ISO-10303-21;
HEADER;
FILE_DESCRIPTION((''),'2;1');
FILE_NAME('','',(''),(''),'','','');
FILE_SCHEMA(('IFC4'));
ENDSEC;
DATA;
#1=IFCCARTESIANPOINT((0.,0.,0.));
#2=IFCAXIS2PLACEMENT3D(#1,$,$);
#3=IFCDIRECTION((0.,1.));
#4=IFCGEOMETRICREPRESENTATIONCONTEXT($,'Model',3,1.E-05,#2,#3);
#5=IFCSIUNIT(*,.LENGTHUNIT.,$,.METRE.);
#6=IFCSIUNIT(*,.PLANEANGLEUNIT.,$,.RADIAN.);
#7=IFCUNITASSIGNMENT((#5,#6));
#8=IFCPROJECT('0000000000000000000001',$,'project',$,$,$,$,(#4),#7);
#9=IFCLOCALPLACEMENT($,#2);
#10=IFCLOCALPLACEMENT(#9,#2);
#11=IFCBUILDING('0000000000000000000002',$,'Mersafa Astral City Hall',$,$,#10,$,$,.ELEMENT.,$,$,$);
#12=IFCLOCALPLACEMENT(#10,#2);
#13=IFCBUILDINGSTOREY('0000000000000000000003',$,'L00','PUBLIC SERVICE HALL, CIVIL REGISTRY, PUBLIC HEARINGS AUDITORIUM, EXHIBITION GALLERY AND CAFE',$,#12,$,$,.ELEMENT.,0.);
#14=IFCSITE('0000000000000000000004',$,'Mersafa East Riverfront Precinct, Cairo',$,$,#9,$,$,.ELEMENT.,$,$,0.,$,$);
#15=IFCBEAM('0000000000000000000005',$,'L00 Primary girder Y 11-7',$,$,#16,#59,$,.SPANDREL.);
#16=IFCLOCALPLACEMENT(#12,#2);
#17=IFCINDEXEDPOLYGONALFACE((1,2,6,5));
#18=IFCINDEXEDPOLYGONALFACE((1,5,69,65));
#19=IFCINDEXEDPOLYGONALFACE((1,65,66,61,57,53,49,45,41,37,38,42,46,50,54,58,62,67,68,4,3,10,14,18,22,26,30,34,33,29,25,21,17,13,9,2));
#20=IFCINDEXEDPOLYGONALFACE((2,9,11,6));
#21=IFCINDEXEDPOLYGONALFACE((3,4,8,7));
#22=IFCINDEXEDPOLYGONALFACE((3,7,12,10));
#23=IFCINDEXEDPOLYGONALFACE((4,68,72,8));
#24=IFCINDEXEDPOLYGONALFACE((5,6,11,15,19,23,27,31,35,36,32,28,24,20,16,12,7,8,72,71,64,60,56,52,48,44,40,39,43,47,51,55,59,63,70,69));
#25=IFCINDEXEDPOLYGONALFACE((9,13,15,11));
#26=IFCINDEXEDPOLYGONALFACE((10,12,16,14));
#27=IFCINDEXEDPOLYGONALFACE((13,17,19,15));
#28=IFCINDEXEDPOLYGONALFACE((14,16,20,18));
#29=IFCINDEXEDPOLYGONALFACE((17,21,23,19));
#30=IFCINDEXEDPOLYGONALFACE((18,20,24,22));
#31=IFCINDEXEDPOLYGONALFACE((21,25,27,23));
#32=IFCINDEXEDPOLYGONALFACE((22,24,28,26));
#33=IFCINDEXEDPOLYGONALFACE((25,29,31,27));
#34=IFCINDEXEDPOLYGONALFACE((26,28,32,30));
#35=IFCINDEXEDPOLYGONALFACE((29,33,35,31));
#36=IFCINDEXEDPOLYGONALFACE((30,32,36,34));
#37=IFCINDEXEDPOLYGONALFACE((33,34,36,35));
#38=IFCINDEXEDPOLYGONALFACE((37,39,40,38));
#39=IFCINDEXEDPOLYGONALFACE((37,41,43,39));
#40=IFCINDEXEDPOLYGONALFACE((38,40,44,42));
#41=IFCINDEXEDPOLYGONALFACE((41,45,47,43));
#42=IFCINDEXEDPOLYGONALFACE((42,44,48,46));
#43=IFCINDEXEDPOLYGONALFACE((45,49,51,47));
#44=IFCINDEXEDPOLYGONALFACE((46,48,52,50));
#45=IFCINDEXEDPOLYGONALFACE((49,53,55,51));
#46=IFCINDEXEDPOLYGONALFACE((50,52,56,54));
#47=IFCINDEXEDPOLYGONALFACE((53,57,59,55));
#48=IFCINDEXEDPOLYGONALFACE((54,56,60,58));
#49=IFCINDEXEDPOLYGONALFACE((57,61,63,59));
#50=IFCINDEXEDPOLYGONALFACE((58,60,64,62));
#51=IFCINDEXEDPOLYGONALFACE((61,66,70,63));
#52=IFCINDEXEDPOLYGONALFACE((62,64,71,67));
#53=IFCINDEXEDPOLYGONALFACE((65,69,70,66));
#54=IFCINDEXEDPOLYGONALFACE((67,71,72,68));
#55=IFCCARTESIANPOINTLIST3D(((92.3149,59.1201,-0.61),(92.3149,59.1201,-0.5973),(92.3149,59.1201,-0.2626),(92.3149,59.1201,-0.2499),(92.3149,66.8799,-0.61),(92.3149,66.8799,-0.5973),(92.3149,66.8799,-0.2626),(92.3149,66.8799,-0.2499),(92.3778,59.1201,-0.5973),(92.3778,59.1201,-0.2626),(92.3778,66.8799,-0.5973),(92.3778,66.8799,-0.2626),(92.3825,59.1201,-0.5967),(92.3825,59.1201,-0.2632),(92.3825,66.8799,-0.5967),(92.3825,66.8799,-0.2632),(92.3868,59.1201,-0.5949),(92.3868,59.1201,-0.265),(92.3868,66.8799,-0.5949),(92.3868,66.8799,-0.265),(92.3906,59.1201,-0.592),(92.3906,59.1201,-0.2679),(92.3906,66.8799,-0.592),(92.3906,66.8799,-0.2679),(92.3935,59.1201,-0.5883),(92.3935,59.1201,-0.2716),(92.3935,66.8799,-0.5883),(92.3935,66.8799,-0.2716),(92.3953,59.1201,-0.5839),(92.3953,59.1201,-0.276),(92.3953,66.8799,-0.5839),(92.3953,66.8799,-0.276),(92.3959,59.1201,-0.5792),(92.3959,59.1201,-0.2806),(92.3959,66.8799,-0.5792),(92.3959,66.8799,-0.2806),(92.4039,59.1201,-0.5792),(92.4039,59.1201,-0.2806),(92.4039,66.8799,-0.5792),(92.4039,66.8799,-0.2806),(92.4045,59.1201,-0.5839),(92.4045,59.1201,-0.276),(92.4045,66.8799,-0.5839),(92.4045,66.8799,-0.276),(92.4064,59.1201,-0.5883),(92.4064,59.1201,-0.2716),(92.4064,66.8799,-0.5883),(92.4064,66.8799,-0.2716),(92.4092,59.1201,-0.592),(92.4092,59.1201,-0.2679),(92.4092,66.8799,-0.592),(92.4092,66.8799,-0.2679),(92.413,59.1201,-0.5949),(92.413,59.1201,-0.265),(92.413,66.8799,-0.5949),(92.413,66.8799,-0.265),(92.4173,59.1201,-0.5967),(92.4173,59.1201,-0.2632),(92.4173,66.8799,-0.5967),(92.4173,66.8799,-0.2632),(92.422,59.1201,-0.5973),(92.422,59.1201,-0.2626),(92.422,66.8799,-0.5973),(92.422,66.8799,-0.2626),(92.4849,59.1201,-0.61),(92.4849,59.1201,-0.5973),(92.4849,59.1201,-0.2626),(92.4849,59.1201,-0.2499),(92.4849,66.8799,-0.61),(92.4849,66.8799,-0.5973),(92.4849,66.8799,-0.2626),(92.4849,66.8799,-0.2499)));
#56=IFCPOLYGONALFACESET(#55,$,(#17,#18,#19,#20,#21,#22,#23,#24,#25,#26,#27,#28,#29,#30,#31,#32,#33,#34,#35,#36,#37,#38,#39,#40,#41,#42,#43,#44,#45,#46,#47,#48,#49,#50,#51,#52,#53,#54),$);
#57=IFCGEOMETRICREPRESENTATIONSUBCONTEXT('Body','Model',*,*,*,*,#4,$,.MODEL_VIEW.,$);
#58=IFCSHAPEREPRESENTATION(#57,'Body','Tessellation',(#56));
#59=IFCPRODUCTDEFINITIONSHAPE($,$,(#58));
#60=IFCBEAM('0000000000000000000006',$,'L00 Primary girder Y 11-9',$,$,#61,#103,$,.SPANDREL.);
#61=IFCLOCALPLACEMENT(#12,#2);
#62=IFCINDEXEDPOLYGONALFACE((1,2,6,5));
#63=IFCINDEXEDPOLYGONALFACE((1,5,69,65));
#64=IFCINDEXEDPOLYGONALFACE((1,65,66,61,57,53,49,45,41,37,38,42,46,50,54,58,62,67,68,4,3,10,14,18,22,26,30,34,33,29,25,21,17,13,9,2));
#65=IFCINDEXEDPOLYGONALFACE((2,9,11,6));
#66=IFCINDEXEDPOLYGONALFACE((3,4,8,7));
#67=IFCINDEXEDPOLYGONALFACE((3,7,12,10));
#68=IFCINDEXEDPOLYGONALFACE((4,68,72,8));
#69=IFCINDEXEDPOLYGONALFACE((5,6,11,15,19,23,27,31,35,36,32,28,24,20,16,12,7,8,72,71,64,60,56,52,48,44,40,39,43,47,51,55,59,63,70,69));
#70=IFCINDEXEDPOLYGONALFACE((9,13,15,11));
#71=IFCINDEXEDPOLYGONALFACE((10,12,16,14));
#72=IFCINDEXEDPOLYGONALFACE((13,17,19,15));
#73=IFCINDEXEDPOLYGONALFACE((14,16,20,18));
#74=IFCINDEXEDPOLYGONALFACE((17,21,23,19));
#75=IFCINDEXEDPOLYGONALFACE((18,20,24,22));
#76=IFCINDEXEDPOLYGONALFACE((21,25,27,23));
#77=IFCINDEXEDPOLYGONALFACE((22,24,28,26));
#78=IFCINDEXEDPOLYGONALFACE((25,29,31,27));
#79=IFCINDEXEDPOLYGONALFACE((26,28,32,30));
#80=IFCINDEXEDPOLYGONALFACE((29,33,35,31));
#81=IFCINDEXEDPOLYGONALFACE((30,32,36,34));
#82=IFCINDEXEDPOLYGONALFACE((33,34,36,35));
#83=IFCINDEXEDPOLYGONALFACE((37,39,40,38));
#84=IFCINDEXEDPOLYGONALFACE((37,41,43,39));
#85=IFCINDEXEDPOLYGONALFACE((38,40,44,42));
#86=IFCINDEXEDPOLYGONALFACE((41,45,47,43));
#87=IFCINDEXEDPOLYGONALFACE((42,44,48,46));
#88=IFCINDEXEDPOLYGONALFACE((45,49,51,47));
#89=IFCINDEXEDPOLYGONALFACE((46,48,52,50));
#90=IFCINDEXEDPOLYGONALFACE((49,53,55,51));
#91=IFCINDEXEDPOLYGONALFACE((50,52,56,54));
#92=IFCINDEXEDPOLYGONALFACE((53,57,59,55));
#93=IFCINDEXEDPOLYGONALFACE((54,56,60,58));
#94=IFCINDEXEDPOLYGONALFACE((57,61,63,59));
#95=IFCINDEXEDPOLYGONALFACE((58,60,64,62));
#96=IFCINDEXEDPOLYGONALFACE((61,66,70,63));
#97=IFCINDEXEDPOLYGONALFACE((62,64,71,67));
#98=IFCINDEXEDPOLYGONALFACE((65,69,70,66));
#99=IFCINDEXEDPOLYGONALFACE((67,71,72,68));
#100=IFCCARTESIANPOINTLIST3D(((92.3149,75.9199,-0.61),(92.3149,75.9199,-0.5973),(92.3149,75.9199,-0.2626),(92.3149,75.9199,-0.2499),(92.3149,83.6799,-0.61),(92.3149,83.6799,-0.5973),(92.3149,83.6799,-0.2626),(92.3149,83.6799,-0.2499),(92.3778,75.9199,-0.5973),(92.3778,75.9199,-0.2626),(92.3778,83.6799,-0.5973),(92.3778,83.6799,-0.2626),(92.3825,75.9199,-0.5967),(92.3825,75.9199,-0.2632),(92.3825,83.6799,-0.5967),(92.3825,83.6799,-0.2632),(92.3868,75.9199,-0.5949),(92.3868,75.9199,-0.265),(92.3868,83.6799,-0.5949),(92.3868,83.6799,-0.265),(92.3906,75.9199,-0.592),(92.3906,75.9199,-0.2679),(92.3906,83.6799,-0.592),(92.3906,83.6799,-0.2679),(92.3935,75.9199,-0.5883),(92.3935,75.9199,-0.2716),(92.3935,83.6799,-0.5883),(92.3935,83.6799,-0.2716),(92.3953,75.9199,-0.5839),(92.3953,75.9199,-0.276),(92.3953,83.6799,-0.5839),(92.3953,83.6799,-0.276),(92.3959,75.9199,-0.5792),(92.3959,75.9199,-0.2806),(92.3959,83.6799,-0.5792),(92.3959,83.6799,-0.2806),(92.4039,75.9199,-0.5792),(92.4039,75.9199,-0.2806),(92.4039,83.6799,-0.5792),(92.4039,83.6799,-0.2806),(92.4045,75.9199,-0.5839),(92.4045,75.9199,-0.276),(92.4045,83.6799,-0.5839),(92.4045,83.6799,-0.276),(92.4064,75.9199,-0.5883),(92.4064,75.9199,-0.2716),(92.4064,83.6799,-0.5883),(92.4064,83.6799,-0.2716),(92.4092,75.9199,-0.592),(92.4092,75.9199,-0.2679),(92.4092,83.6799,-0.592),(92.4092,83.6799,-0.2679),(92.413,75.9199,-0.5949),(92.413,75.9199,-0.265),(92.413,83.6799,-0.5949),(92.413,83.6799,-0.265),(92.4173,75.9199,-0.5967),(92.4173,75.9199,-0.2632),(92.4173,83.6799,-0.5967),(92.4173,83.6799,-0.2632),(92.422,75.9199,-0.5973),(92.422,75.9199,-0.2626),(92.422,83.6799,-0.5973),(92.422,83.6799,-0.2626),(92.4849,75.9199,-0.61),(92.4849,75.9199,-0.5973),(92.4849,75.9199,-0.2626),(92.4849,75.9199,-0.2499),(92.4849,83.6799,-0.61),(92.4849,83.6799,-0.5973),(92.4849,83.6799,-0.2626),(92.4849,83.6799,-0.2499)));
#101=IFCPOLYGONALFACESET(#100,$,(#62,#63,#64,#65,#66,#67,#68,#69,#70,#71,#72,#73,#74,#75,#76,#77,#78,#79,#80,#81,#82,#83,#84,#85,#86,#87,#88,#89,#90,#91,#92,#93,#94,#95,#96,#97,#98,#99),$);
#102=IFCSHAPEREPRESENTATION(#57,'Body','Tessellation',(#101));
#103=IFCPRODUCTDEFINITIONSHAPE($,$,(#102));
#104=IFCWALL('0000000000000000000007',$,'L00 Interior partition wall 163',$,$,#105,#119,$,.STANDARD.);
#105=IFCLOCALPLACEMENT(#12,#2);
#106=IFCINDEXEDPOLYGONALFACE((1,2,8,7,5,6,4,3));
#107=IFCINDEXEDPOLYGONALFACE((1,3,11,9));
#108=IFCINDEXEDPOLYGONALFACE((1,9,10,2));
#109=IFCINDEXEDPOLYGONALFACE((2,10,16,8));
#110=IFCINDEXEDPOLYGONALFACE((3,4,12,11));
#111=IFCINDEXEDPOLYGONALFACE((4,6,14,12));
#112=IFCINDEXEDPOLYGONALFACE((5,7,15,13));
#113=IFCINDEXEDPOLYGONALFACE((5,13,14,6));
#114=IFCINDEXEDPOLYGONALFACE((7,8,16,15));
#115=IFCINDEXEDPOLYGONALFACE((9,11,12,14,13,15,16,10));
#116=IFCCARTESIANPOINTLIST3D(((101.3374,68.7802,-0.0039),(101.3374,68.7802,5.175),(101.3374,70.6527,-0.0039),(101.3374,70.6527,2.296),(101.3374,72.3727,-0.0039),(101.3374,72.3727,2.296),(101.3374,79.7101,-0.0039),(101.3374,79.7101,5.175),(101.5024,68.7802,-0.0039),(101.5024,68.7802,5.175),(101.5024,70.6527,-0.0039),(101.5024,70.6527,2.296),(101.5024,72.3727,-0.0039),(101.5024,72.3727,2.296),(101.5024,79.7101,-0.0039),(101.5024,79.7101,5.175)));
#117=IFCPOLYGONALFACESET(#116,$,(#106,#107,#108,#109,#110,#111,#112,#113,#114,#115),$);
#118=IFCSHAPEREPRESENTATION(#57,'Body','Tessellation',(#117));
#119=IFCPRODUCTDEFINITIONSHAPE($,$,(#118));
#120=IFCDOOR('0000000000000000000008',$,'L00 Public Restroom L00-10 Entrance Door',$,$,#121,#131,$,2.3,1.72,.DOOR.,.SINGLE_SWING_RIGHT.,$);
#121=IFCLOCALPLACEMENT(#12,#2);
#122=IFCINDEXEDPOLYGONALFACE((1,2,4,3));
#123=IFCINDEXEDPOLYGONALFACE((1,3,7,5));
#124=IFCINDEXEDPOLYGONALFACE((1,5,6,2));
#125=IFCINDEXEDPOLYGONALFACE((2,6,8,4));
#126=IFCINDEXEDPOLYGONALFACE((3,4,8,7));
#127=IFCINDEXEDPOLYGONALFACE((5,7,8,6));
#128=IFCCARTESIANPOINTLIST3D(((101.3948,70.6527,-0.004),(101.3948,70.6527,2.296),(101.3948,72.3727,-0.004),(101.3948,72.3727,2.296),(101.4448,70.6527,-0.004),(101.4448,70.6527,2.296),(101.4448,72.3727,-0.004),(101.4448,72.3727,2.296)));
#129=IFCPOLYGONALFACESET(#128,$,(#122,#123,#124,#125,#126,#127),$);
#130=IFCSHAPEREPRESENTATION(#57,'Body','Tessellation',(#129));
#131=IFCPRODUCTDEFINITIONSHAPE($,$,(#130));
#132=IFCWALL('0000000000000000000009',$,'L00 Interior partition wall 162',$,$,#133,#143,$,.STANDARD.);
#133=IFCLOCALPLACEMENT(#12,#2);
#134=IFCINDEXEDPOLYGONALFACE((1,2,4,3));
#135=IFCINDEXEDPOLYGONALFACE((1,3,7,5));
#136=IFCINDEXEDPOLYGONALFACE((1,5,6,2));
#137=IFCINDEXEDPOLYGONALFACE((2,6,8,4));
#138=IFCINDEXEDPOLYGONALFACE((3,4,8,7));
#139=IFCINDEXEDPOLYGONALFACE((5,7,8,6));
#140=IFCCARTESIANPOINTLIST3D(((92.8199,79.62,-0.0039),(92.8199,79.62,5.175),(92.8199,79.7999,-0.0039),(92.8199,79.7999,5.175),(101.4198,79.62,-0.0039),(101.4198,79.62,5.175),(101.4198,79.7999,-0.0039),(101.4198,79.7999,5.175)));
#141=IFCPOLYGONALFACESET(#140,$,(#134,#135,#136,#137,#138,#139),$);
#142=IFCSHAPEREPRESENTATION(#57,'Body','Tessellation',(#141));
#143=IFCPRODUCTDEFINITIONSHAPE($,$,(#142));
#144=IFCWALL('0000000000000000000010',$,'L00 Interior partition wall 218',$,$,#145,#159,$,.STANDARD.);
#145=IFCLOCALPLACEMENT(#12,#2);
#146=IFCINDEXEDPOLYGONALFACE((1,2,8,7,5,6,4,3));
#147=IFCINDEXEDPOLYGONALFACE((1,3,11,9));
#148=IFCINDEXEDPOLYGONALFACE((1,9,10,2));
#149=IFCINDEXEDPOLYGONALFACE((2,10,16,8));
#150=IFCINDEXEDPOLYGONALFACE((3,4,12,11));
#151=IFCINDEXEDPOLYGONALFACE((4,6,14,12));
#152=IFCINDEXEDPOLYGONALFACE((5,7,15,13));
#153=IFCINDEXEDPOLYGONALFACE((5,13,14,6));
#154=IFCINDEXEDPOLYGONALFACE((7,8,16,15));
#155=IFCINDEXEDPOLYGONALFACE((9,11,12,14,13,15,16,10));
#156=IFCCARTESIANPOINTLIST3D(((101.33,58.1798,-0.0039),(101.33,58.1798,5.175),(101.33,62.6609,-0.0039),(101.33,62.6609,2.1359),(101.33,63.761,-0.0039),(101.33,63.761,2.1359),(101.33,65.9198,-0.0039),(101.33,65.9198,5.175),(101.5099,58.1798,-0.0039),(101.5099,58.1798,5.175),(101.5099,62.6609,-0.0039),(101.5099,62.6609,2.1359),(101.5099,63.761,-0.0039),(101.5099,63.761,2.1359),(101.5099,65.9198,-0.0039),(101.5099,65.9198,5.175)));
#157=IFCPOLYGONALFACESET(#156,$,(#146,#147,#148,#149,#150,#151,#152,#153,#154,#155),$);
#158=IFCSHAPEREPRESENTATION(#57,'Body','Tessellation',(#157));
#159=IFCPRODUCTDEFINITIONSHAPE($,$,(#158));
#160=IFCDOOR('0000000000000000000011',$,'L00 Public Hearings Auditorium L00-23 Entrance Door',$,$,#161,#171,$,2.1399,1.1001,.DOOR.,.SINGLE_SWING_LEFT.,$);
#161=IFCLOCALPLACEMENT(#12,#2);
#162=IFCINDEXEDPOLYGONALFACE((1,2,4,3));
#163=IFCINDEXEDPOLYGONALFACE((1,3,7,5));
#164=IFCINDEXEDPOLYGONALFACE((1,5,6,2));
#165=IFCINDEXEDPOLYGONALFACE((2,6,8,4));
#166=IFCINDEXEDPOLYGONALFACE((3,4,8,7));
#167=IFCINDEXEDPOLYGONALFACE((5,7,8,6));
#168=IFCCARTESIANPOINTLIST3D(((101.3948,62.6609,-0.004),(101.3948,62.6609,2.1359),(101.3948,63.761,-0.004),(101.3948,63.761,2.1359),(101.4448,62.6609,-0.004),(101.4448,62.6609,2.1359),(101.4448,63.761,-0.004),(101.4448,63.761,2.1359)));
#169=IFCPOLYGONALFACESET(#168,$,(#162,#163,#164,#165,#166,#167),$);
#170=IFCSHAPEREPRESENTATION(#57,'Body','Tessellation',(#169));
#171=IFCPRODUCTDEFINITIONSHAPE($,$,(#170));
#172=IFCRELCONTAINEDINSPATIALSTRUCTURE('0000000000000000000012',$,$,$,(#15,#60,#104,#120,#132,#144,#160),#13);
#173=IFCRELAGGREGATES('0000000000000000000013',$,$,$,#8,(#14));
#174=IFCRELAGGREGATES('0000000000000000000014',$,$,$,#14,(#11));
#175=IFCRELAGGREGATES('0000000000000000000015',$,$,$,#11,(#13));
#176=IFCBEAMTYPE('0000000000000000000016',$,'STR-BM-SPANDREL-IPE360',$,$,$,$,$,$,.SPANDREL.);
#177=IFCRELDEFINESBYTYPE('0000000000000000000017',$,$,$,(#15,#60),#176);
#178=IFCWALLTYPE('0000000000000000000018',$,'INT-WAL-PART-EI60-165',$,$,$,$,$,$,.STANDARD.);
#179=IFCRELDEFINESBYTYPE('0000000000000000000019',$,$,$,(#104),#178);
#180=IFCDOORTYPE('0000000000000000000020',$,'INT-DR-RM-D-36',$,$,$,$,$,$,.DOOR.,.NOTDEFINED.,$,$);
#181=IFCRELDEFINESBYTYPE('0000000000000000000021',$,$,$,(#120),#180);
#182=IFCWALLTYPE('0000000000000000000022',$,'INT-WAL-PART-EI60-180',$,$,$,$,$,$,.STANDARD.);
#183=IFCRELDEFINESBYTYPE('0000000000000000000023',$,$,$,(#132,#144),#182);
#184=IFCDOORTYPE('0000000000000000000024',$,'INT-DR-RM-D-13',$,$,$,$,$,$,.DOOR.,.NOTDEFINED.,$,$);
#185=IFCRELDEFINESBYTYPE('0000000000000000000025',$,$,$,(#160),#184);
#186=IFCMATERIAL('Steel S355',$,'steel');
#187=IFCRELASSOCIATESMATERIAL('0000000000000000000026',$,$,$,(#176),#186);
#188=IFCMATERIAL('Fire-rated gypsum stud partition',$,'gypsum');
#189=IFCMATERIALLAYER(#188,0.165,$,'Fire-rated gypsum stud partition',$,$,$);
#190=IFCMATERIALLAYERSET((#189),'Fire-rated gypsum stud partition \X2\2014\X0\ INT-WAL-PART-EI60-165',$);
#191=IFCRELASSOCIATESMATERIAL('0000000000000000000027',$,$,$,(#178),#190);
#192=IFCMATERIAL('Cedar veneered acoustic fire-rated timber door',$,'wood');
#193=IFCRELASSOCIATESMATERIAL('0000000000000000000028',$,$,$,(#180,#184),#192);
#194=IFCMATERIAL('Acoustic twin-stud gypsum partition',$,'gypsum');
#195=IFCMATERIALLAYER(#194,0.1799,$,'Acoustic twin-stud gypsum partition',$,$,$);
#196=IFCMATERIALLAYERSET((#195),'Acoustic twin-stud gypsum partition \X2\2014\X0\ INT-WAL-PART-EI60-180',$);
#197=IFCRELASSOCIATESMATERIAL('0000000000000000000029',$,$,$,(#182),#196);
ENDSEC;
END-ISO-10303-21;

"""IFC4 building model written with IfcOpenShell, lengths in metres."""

from ifc_helpers import new_model, si_unit, direction, frame, frame_2d, origin, origin_2d, place, context, subcontext, project, spatial, rectangle, i_section, extrude, material, layer, layer_set, material_profile, profile_set, type_object, element, fill, save


model = new_model("IFC4")

# Units and contexts
model_context = context("Model", 3, precision=1e-05, world=origin(), true_north=direction((0.0, 1.0)))
body_context = subcontext(model_context, "Body", "Model", "MODEL_VIEW")
ifc_project = project(units=[si_unit("LENGTHUNIT", "METRE"), si_unit("PLANEANGLEUNIT", "RADIAN")], contexts=[model_context])

# Site, building, storey
site_placement = place(None, origin())
site = spatial("IfcSite", under=ifc_project, at=site_placement, Name="Mersafa East Riverfront Precinct, Cairo", CompositionType="ELEMENT", RefElevation=0.0)
building_placement = place(site_placement, origin())
building = spatial("IfcBuilding", under=site, at=building_placement, Name="Mersafa Astral City Hall", CompositionType="ELEMENT")
storey_placement = place(building_placement, origin())
storey = spatial("IfcBuildingStorey", under=building, at=storey_placement, Name="L00", Description="PUBLIC SERVICE HALL, CIVIL REGISTRY, PUBLIC HEARINGS AUDITORIUM, EXHIBITION GALLERY AND CAFE", CompositionType="ELEMENT", Elevation=0.0)

# Shared definitions
ifc_material_1 = material(Name="Steel S355", Category="steel")

# Beams
ifc_material_profile_1 = material_profile(ifc_material_1, i_section(OverallWidth=0.1699, OverallDepth=0.3601, WebThickness=0.0081, FlangeThickness=0.0127, FilletRadius=0.0181, at=origin_2d()), Name="IPE 360")
ifc_profile_set_1 = profile_set([ifc_material_profile_1], Name="Steel S355")
beam_type_1 = type_object("IfcBeamType", Name="STR-BM-SPANDREL-IPE360", PredefinedType="SPANDREL", material=ifc_profile_set_1)
beam_1_placement = place(storey_placement, frame((92.3999, 59.1201, -0.4299), z_axis=(0.0, 1.0, 0.0), x_axis=(-1.0, 0.0, 0.0)))
element("IfcBeam", 1, at=beam_1_placement, inside=storey, type_object=beam_type_1, Name="L00 Primary girder Y 11-7", PredefinedType="SPANDREL", context=body_context, shape_type="SweptSolid", body=[
    extrude(i_section(OverallWidth=0.1699, OverallDepth=0.3601, WebThickness=0.0081, FlangeThickness=0.0127, FilletRadius=0.0181, at=origin_2d()), origin(), (0.0, 0.0, 1.0), 7.7598),
])
beam_2_placement = place(storey_placement, frame((92.3999, 75.9199, -0.4299), z_axis=(0.0, 1.0, 0.0), x_axis=(-1.0, 0.0, 0.0)))
element("IfcBeam", 2, at=beam_2_placement, inside=storey, type_object=beam_type_1, Name="L00 Primary girder Y 11-9", PredefinedType="SPANDREL", context=body_context, shape_type="SweptSolid", body=[
    extrude(i_section(OverallWidth=0.1699, OverallDepth=0.3601, WebThickness=0.0081, FlangeThickness=0.0127, FilletRadius=0.0181, at=origin_2d()), origin(), (0.0, 0.0, 1.0), 7.76),
])

# Wall, opening, door
ifc_material_2 = material(Name="Fire-rated gypsum stud partition", Category="gypsum")
ifc_layer_1 = layer(ifc_material_2, 0.165, Name="Fire-rated gypsum stud partition")
ifc_layer_set_1 = layer_set([ifc_layer_1], Name="Fire-rated gypsum stud partition — INT-WAL-PART-EI60-165")
wall_type_1 = type_object("IfcWallType", Name="INT-WAL-PART-EI60-165", PredefinedType="STANDARD", material=ifc_layer_set_1)
wall_1_placement = place(storey_placement, frame((101.4199, 79.71, -0.0039), z_axis=(0.0, 0.0, 1.0), x_axis=(0.0, -1.0, 0.0)))
wall_1 = element("IfcWall", 3, at=wall_1_placement, inside=storey, type_object=wall_type_1, Name="L00 Interior partition wall 163", PredefinedType="STANDARD", context=body_context, shape_type="SweptSolid", body=[
    extrude(rectangle(XDim=10.9299, YDim=0.165, at=frame_2d((5.4648, 0.0))), origin(), (0.0, 0.0, 1.0), 5.179),
])
opening_1_placement = place(wall_1_placement, frame((7.3374, 0.0, 0.0)))
opening_1 = element("IfcOpeningElement", 4, at=opening_1_placement, cuts=wall_1, PredefinedType="OPENING", context=body_context, shape_type="SweptSolid", body=[
    extrude(rectangle(XDim=1.72, YDim=2.3, at=frame_2d((0.8599, 1.1499))), frame((0.0, 0.0925, 0.0), z_axis=(0.0, -1.0, 0.0), x_axis=(1.0, 0.0, 0.0)), (0.0, 0.0, 1.0), 0.1851),
])
ifc_material_3 = material(Name="Cedar veneered acoustic fire-rated timber door", Category="wood")
door_type_1 = type_object("IfcDoorType", Name="INT-DR-RM-D-36", OperationType="NOTDEFINED", PredefinedType="DOOR", material=ifc_material_3)
door_1_placement = place(opening_1_placement, origin())
door_1 = element("IfcDoor", 5, at=door_1_placement, inside=storey, type_object=door_type_1, Name="L00 Public Restroom L00-10 Entrance Door", OperationType="SINGLE_SWING_RIGHT", OverallHeight=2.3, OverallWidth=1.72, PredefinedType="DOOR", context=body_context, shape_type="SweptSolid", body=[
    extrude(rectangle(XDim=1.72, YDim=2.3, at=frame_2d((0.8599, 1.1499))), frame((0.0, 0.0249, 0.0), z_axis=(0.0, -1.0, 0.0), x_axis=(1.0, 0.0, 0.0)), (0.0, 0.0, 1.0), 0.05),
])
fill(opening_1, door_1)

# Wall
ifc_material_4 = material(Name="Acoustic twin-stud gypsum partition", Category="gypsum")
ifc_layer_2 = layer(ifc_material_4, 0.1799, Name="Acoustic twin-stud gypsum partition")
ifc_layer_set_2 = layer_set([ifc_layer_2], Name="Acoustic twin-stud gypsum partition — INT-WAL-PART-EI60-180")
wall_type_2 = type_object("IfcWallType", Name="INT-WAL-PART-EI60-180", PredefinedType="STANDARD", material=ifc_layer_set_2)
wall_2_placement = place(storey_placement, frame((92.8201, 79.71, -0.0039), z_axis=(0.0, 0.0, 1.0), x_axis=(1.0, 0.0, 0.0)))
element("IfcWall", 6, at=wall_2_placement, inside=storey, type_object=wall_type_2, Name="L00 Interior partition wall 162", PredefinedType="STANDARD", context=body_context, shape_type="SweptSolid", body=[
    extrude(rectangle(XDim=8.5999, YDim=0.1799, at=frame_2d((4.2998, 0.0))), origin(), (0.0, 0.0, 1.0), 5.179),
])

# Wall, opening, door
wall_3_placement = place(storey_placement, frame((101.4199, 65.9199, -0.0039), z_axis=(0.0, 0.0, 1.0), x_axis=(0.0, -1.0, 0.0)))
wall_3 = element("IfcWall", 7, at=wall_3_placement, inside=storey, type_object=wall_type_2, Name="L00 Interior partition wall 218", PredefinedType="STANDARD", context=body_context, shape_type="SweptSolid", body=[
    extrude(rectangle(XDim=7.74, YDim=0.1799, at=frame_2d((3.8701, 0.0))), origin(), (0.0, 0.0, 1.0), 5.179),
])
opening_2_placement = place(wall_3_placement, frame((2.1589, 0.0, 0.0)))
opening_2 = element("IfcOpeningElement", 8, at=opening_2_placement, cuts=wall_3, PredefinedType="OPENING", context=body_context, shape_type="SweptSolid", body=[
    extrude(rectangle(XDim=1.1001, YDim=2.1399, at=frame_2d((0.55, 1.0698))), frame((0.0, 0.0999, 0.0), z_axis=(0.0, -1.0, 0.0), x_axis=(1.0, 0.0, 0.0)), (0.0, 0.0, 1.0), 0.2),
])
door_type_2 = type_object("IfcDoorType", Name="INT-DR-RM-D-13", OperationType="NOTDEFINED", PredefinedType="DOOR", material=ifc_material_3)
door_2_placement = place(opening_2_placement, origin())
door_2 = element("IfcDoor", 9, at=door_2_placement, inside=storey, type_object=door_type_2, Name="L00 Public Hearings Auditorium L00-23 Entrance Door", OperationType="SINGLE_SWING_LEFT", OverallHeight=2.1399, OverallWidth=1.1001, PredefinedType="DOOR", context=body_context, shape_type="SweptSolid", body=[
    extrude(rectangle(XDim=1.1001, YDim=2.1399, at=frame_2d((0.55, 1.0698))), frame((0.0, 0.0249, 0.0), z_axis=(0.0, -1.0, 0.0), x_axis=(1.0, 0.0, 0.0)), (0.0, 0.0, 1.0), 0.05),
])
fill(opening_2, door_2)

save(model, "model.ifc")
